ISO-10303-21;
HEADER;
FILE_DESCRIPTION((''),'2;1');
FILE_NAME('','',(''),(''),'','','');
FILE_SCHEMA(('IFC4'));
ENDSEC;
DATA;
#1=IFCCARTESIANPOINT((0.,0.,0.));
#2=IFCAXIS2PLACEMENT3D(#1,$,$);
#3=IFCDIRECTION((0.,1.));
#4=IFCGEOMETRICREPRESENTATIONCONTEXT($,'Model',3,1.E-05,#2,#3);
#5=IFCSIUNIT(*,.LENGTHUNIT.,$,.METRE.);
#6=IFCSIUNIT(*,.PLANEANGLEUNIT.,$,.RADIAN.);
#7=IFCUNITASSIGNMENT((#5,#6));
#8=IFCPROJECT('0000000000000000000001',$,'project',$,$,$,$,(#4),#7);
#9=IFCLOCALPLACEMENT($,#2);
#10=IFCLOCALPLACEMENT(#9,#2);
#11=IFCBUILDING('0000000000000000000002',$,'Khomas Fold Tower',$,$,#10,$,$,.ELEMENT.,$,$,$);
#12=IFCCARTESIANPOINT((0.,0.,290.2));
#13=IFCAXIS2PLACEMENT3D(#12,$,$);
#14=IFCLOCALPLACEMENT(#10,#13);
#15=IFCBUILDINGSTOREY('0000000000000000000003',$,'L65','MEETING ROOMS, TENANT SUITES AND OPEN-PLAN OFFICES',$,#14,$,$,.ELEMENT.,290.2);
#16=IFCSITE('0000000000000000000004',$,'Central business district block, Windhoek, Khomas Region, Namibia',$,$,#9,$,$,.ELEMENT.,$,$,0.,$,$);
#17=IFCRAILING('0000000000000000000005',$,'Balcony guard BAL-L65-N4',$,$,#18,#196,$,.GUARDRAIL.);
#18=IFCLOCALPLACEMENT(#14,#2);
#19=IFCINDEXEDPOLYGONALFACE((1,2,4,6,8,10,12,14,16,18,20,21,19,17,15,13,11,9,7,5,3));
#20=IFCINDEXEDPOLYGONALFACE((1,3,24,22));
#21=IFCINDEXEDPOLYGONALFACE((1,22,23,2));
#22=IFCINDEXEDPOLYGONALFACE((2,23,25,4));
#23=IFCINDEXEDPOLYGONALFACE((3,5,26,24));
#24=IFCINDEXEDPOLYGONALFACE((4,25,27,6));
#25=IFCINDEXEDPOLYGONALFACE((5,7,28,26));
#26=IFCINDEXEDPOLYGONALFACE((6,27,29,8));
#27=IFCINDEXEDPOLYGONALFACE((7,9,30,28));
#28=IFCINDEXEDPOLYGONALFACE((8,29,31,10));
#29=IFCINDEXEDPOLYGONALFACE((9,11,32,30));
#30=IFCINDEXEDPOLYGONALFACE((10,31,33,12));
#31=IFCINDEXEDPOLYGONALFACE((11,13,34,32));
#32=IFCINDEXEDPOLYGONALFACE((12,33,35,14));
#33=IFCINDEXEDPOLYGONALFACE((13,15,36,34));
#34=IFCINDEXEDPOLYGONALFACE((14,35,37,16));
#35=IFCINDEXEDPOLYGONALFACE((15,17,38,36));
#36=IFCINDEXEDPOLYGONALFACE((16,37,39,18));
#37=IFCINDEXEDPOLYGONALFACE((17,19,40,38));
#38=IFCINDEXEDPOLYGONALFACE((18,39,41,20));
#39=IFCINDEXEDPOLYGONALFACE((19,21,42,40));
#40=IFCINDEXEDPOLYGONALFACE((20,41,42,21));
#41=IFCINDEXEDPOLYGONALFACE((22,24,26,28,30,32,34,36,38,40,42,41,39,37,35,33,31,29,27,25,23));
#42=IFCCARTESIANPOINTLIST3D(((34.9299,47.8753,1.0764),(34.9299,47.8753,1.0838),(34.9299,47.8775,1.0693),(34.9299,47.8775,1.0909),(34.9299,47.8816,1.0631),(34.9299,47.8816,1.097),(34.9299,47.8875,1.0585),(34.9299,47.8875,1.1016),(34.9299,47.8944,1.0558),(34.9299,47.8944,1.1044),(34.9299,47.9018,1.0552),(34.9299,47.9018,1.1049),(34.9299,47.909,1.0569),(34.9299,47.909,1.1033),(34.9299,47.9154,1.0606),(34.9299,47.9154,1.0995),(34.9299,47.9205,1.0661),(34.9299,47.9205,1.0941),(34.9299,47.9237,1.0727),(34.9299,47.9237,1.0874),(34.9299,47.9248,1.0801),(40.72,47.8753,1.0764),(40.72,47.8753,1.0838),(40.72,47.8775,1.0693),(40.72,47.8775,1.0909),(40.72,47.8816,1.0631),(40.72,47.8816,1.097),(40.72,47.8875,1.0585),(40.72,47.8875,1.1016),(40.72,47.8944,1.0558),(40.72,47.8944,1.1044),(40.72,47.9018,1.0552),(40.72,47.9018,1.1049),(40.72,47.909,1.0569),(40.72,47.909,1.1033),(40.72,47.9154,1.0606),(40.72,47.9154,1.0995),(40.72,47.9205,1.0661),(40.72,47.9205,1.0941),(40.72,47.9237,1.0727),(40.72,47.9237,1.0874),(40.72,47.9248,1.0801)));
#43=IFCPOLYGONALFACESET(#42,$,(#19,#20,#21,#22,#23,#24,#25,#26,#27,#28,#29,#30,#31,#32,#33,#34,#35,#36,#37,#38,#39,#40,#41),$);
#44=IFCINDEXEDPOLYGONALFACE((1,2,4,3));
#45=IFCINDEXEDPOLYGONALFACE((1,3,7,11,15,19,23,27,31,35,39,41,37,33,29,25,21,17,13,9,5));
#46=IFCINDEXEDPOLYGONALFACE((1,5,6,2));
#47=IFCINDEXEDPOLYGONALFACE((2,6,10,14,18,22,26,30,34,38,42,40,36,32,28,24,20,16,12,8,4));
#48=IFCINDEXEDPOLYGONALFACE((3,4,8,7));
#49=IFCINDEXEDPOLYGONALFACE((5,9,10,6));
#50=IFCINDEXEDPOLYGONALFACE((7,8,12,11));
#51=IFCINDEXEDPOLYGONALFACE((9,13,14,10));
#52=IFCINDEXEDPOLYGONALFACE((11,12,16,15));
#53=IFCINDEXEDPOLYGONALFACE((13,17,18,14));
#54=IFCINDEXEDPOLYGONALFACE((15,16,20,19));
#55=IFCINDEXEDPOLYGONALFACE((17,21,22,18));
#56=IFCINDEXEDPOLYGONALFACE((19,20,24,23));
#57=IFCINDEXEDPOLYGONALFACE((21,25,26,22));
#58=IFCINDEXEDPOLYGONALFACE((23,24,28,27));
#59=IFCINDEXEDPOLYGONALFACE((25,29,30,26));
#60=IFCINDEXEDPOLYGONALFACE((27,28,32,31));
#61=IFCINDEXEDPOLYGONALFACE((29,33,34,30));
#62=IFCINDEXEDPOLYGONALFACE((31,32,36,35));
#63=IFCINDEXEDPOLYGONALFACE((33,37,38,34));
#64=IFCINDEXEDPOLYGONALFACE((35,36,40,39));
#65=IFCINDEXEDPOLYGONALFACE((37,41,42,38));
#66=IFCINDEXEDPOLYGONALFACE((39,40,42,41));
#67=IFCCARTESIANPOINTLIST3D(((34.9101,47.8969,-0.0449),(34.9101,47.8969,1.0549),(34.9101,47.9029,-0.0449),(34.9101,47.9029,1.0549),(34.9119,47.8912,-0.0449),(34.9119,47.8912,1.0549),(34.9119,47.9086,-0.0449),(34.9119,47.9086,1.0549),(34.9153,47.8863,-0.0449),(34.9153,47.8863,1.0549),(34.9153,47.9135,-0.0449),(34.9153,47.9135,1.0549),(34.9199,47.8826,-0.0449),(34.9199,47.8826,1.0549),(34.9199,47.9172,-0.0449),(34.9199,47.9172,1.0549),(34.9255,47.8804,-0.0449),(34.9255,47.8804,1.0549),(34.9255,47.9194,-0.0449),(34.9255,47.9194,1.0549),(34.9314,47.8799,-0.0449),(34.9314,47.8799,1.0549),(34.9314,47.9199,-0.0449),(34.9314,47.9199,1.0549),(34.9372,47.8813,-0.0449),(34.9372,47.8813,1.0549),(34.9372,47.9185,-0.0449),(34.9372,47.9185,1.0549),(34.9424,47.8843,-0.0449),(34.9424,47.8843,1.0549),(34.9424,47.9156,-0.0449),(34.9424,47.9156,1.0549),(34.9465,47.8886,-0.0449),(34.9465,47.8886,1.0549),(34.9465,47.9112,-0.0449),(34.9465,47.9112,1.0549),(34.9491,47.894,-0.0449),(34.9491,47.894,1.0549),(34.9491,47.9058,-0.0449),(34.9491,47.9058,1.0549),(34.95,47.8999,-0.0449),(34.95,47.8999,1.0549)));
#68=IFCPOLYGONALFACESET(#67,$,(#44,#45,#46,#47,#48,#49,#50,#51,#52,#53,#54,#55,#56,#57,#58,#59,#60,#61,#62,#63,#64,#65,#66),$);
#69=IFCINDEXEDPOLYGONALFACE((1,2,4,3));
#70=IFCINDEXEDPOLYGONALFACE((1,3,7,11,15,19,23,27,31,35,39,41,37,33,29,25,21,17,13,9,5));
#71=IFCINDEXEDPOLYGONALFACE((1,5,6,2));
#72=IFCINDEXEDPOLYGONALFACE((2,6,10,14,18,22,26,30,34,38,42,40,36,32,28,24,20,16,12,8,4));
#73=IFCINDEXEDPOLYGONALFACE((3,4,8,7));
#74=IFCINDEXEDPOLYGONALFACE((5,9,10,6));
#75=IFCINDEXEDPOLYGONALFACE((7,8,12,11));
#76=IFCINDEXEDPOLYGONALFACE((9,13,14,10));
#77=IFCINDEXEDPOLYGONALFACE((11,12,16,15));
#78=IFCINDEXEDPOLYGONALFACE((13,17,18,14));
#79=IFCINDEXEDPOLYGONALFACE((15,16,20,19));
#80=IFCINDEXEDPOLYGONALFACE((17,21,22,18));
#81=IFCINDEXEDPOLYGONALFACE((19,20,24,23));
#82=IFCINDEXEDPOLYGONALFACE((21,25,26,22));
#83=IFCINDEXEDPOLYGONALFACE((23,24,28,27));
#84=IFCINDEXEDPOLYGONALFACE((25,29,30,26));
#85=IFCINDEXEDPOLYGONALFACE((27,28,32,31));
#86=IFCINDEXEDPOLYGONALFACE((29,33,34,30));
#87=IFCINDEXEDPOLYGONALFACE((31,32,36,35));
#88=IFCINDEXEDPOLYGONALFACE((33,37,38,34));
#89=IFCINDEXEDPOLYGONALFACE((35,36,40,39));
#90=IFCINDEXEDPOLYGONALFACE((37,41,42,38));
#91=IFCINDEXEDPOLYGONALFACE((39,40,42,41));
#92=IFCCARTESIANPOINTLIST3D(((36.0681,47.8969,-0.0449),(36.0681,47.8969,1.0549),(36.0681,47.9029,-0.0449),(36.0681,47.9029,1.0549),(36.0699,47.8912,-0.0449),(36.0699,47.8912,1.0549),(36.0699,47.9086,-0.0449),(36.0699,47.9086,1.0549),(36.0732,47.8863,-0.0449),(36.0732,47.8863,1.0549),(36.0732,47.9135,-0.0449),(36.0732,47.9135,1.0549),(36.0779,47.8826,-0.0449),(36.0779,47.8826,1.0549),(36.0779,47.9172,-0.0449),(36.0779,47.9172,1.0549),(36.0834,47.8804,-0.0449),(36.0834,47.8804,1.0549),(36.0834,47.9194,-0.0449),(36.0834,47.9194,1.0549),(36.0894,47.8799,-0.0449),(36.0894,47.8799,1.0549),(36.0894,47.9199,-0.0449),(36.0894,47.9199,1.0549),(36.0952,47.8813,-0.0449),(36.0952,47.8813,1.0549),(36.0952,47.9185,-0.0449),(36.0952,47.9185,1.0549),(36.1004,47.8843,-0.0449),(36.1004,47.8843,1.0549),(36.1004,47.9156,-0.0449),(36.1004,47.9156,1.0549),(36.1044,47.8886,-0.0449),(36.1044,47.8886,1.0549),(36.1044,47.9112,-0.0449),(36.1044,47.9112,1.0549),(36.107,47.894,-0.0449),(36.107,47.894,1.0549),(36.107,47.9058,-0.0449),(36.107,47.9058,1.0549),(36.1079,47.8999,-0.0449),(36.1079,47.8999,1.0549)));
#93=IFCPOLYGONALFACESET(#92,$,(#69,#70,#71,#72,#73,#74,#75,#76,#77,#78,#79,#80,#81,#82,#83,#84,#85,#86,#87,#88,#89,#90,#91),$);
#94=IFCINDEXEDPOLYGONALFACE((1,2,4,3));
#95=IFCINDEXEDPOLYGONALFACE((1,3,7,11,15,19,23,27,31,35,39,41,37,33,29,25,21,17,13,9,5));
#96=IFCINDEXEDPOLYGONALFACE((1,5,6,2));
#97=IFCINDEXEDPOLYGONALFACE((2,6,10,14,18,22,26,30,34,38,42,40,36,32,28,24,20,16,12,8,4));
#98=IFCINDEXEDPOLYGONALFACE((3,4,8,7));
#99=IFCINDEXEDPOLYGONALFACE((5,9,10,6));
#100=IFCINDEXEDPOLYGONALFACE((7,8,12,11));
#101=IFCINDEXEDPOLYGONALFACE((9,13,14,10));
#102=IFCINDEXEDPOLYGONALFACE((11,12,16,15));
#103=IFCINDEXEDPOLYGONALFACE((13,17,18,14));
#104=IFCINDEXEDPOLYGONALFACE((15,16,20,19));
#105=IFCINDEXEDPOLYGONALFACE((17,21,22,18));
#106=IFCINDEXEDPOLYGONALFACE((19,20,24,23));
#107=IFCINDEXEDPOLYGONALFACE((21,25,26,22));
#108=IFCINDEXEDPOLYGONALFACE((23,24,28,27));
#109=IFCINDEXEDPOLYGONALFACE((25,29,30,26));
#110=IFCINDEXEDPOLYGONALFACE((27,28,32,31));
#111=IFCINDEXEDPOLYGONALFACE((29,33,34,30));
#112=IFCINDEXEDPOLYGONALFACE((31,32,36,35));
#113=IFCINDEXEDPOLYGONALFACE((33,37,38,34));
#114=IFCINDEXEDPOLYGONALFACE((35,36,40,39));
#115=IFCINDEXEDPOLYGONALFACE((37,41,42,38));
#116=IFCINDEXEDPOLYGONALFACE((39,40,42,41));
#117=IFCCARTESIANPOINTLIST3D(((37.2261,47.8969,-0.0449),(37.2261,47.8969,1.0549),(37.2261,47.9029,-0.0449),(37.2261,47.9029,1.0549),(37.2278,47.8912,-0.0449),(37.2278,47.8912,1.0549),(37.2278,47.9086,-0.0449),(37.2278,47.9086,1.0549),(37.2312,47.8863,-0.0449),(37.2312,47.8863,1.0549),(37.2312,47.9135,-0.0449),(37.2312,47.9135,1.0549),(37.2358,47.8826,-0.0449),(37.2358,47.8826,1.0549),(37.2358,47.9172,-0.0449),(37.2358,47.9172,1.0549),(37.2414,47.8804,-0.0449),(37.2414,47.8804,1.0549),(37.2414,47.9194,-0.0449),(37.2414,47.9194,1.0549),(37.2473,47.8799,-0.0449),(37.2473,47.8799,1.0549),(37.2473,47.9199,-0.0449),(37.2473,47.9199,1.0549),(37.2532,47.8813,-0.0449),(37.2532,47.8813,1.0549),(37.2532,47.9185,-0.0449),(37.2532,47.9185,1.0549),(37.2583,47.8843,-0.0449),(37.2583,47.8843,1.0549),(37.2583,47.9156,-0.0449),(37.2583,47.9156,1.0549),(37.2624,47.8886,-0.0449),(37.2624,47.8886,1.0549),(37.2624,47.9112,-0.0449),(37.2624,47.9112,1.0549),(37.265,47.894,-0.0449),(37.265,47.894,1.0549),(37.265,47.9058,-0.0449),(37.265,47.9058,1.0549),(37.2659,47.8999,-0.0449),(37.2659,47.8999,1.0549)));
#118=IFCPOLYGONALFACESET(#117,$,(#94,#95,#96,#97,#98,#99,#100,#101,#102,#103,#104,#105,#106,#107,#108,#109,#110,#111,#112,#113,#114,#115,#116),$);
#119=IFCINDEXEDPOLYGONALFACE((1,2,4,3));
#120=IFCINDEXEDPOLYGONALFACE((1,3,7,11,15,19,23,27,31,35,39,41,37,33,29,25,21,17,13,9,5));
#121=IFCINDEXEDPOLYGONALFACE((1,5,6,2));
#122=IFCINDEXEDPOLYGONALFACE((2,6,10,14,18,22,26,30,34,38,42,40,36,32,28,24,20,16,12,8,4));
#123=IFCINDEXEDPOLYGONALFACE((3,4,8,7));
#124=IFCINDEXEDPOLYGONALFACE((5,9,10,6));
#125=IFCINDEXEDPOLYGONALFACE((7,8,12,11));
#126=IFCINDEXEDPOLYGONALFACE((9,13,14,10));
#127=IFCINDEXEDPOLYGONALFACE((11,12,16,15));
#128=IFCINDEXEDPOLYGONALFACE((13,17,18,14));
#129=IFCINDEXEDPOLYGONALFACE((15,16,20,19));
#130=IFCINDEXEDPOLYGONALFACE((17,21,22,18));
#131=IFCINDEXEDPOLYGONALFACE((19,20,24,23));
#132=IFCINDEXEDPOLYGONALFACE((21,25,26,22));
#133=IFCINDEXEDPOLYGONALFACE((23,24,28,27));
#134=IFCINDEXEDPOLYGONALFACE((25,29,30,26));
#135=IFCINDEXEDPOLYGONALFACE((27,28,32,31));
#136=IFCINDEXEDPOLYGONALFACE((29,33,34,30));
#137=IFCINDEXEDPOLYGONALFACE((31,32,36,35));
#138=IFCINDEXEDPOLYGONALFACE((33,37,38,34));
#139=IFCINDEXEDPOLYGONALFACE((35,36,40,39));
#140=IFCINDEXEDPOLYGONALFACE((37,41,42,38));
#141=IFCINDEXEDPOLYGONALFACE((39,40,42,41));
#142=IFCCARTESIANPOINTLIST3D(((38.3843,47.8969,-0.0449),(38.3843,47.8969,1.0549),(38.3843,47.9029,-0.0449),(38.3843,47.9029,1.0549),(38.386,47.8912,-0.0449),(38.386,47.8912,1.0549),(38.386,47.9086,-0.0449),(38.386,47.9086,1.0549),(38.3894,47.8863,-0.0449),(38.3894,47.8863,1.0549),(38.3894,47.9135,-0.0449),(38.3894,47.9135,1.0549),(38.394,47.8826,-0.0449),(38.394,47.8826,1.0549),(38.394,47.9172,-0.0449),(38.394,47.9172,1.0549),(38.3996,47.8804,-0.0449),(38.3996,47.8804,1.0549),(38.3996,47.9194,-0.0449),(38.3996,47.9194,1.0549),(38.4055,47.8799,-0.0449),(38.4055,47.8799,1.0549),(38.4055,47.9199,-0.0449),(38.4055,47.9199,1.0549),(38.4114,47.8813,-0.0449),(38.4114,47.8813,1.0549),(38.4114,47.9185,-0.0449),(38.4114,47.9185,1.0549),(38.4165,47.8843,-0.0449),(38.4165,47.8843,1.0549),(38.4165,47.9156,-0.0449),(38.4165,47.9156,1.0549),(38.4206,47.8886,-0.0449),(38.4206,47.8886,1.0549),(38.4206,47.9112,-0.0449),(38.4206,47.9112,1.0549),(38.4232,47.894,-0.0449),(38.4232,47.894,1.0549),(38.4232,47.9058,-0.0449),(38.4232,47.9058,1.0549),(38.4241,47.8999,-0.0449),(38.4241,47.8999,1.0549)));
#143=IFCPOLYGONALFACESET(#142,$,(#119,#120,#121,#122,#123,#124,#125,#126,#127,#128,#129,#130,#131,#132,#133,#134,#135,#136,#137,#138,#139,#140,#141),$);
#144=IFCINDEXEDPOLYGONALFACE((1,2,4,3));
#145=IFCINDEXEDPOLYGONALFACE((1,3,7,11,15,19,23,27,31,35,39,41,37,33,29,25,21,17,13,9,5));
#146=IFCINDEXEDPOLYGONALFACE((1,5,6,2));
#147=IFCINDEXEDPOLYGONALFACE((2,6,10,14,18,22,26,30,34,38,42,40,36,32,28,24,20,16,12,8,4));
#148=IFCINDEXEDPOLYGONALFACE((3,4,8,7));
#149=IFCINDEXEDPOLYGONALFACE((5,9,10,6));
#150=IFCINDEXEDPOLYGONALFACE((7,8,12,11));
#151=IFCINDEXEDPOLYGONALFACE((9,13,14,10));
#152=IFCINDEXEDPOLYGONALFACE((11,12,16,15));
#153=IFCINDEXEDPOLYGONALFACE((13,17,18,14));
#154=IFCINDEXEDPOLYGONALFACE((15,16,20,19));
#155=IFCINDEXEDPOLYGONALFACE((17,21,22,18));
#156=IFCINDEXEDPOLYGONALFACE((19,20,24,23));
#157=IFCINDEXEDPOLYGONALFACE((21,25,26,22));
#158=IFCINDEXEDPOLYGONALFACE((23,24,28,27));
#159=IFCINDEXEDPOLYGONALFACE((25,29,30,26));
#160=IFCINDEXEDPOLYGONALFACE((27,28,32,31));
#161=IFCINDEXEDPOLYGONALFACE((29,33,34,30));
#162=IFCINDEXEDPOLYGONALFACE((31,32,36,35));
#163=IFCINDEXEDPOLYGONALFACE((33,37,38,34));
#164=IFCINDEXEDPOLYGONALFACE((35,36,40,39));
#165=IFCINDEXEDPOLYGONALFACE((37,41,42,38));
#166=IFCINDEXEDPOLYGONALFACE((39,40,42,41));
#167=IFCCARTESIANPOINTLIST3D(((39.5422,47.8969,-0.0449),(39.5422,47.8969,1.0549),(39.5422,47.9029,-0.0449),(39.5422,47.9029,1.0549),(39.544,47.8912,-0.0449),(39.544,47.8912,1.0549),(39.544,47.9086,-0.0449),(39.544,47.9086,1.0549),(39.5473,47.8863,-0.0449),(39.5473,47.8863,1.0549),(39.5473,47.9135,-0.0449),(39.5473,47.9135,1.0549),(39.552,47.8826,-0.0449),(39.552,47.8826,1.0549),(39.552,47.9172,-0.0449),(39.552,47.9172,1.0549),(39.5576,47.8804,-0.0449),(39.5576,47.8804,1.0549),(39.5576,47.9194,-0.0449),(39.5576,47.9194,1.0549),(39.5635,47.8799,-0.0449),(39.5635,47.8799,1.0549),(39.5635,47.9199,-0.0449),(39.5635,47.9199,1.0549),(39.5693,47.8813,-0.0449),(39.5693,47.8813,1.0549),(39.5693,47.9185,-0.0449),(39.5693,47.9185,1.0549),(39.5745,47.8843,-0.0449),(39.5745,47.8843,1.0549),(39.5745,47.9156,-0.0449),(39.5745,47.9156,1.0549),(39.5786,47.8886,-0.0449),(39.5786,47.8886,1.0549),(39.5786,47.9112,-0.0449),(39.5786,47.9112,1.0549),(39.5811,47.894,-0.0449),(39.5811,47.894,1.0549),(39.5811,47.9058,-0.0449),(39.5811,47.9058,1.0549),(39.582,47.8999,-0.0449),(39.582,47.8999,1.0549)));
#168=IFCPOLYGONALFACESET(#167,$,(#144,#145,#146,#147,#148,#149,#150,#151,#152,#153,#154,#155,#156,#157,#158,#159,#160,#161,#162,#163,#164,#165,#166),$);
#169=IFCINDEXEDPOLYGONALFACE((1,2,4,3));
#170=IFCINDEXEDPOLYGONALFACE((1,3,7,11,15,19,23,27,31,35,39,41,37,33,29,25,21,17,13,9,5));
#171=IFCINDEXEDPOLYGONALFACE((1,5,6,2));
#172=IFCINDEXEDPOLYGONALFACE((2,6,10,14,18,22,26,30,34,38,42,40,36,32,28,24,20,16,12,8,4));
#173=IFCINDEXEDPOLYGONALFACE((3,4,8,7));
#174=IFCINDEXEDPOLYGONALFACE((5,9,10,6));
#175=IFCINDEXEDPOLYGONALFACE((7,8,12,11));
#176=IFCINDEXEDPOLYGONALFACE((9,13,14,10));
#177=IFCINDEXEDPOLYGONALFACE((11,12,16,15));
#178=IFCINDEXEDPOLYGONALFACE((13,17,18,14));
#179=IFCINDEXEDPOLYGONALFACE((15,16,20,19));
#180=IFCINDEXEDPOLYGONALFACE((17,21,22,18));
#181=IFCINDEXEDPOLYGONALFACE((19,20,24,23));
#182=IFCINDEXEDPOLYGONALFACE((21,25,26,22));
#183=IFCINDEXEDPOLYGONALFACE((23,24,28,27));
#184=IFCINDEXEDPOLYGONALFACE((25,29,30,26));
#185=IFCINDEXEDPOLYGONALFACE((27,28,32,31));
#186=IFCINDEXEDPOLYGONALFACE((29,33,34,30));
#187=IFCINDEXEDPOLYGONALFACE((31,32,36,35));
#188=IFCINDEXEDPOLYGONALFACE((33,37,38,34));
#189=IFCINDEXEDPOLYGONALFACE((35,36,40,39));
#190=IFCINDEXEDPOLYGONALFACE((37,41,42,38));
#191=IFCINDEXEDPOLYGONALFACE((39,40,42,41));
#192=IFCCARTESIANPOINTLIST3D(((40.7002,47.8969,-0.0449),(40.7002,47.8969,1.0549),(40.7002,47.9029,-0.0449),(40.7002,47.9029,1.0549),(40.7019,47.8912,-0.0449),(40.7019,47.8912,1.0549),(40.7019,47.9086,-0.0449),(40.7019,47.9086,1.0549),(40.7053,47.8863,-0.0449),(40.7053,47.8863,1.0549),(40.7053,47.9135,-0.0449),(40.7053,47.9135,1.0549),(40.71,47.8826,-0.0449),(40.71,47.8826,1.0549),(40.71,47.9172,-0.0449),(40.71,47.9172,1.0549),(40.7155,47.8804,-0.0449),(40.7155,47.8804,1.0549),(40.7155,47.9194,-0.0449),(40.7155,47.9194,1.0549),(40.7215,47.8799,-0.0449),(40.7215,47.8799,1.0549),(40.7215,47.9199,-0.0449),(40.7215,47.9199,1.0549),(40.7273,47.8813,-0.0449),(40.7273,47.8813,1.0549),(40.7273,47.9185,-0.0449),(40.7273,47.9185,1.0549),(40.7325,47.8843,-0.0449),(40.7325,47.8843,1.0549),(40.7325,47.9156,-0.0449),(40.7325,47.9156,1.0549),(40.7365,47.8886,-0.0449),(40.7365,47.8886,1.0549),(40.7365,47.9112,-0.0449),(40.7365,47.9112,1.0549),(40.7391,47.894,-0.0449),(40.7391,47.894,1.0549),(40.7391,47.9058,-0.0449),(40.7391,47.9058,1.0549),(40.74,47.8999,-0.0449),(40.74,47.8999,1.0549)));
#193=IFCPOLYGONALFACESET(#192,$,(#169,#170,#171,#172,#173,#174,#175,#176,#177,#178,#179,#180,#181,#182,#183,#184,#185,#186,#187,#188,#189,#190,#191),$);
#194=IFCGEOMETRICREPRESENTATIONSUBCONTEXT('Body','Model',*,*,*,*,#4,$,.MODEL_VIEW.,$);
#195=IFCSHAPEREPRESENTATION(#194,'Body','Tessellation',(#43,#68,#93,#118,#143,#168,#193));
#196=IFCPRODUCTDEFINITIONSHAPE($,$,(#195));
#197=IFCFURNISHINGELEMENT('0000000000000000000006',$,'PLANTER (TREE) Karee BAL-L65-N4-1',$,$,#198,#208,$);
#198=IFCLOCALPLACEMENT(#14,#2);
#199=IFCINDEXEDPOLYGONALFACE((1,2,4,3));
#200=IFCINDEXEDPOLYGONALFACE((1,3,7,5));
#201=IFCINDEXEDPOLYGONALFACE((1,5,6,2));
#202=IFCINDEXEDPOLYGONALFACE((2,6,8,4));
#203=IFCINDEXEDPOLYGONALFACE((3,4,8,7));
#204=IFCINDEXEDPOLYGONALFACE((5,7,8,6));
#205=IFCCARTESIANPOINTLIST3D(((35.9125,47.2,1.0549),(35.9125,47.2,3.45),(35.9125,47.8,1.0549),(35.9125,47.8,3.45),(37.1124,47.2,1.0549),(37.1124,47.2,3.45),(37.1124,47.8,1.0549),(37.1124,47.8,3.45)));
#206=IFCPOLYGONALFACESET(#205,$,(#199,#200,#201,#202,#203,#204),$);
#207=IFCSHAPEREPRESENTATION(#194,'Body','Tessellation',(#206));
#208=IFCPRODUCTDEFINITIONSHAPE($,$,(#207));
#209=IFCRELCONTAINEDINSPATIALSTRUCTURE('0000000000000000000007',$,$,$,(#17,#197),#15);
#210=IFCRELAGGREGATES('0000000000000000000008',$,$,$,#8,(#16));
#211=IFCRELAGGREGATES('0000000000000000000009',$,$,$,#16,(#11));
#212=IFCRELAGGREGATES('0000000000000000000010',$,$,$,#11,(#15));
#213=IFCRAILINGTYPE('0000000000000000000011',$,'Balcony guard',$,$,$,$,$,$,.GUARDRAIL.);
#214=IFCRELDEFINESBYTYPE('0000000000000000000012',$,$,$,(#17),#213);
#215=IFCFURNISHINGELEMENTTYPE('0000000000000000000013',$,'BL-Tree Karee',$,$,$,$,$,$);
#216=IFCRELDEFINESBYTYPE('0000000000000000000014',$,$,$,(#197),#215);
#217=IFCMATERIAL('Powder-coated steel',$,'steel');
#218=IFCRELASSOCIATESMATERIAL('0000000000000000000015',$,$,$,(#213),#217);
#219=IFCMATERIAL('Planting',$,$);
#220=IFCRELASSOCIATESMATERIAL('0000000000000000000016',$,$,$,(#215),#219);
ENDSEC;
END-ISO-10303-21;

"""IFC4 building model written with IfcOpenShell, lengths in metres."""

from ifc_helpers import new_model, si_unit, direction, frame, origin, origin_2d, place, context, subcontext, project, spatial, rectangle, circle, extrude, source, transform, mapped, material, type_object, element, save


model = new_model("IFC4")

# Units and contexts
model_context = context("Model", 3, precision=1e-05, world=origin(), true_north=direction((0.0, 1.0)))
body_context = subcontext(model_context, "Body", "Model", "MODEL_VIEW")
ifc_project = project(units=[si_unit("LENGTHUNIT", "METRE"), si_unit("PLANEANGLEUNIT", "RADIAN")], contexts=[model_context])

# Site, building, storey
site_placement = place(None, origin())
site = spatial("IfcSite", under=ifc_project, at=site_placement, Name="Central business district block, Windhoek, Khomas Region, Namibia", CompositionType="ELEMENT", RefElevation=0.0)
building_placement = place(site_placement, origin())
building = spatial("IfcBuilding", under=site, at=building_placement, Name="Khomas Fold Tower", CompositionType="ELEMENT")
storey_placement = place(building_placement, frame((0.0, 0.0, 290.2)))
storey = spatial("IfcBuildingStorey", under=building, at=storey_placement, Name="L65", Description="MEETING ROOMS, TENANT SUITES AND OPEN-PLAN OFFICES", CompositionType="ELEMENT", Elevation=290.2)

# Railing
ifc_material_1 = material(Name="Powder-coated steel", Category="steel")
railing_type = type_object("IfcRailingType", Name="Balcony guard", PredefinedType="GUARDRAIL", material=ifc_material_1)
shared_shape_1 = source(origin(), body_context, "Body", "SweptSolid", [
    extrude(circle(Radius=0.0249, at=origin_2d()), frame((0.0, 0.0, 1.125), z_axis=(1.0, 0.0, 0.0), x_axis=(0.0, 1.0, 0.0)), (0.0, 0.0, 1.0), 5.79),
    extrude(circle(Radius=0.02, at=origin_2d()), origin(), (0.0, 0.0, 1.0), 1.0999),
    extrude(circle(Radius=0.02, at=origin_2d()), frame((1.158, 0.0, 0.0)), (0.0, 0.0, 1.0), 1.0999),
    extrude(circle(Radius=0.02, at=origin_2d()), frame((2.3159, 0.0, 0.0)), (0.0, 0.0, 1.0), 1.0999),
    extrude(circle(Radius=0.02, at=origin_2d()), frame((3.4741, 0.0, 0.0)), (0.0, 0.0, 1.0), 1.0999),
    extrude(circle(Radius=0.02, at=origin_2d()), frame((4.6321, 0.0, 0.0)), (0.0, 0.0, 1.0), 1.0999),
    extrude(circle(Radius=0.02, at=origin_2d()), frame((5.79, 0.0, 0.0)), (0.0, 0.0, 1.0), 1.0999),
])
railing_placement = place(storey_placement, frame((34.9299, 47.8999, -0.0449)))
element("IfcRailing", 1, at=railing_placement, inside=storey, type_object=railing_type, Name="Balcony guard BAL-L65-N4", PredefinedType="GUARDRAIL", context=body_context, shape_type="MappedRepresentation", body=[
    mapped(shared_shape_1, transform((0.0, 0.0, 0.0))),
])

# Furnishing element
ifc_material_2 = material(Name="Planting")
furnishing_element_type_1 = type_object("IfcFurnishingElementType", Name="BL-Tree Karee", material=ifc_material_2)
shared_shape_2 = source(origin(), body_context, "Body", "SweptSolid", [
    extrude(rectangle(XDim=1.2, YDim=0.6001, at=origin_2d()), origin(), (0.0, 0.0, 1.0), 2.395),
])
furnishing_1_placement = place(storey_placement, frame((36.5125, 47.5, 1.0549), z_axis=(0.0, 0.0, 1.0), x_axis=(1.0, 0.0, 0.0)))
element("IfcFurnishingElement", 2, at=furnishing_1_placement, inside=storey, type_object=furnishing_element_type_1, Name="PLANTER (TREE) Karee BAL-L65-N4-1", context=body_context, shape_type="MappedRepresentation", body=[
    mapped(shared_shape_2, transform((0.0, 0.0, 0.0))),
])

save(model, "model.ifc")
